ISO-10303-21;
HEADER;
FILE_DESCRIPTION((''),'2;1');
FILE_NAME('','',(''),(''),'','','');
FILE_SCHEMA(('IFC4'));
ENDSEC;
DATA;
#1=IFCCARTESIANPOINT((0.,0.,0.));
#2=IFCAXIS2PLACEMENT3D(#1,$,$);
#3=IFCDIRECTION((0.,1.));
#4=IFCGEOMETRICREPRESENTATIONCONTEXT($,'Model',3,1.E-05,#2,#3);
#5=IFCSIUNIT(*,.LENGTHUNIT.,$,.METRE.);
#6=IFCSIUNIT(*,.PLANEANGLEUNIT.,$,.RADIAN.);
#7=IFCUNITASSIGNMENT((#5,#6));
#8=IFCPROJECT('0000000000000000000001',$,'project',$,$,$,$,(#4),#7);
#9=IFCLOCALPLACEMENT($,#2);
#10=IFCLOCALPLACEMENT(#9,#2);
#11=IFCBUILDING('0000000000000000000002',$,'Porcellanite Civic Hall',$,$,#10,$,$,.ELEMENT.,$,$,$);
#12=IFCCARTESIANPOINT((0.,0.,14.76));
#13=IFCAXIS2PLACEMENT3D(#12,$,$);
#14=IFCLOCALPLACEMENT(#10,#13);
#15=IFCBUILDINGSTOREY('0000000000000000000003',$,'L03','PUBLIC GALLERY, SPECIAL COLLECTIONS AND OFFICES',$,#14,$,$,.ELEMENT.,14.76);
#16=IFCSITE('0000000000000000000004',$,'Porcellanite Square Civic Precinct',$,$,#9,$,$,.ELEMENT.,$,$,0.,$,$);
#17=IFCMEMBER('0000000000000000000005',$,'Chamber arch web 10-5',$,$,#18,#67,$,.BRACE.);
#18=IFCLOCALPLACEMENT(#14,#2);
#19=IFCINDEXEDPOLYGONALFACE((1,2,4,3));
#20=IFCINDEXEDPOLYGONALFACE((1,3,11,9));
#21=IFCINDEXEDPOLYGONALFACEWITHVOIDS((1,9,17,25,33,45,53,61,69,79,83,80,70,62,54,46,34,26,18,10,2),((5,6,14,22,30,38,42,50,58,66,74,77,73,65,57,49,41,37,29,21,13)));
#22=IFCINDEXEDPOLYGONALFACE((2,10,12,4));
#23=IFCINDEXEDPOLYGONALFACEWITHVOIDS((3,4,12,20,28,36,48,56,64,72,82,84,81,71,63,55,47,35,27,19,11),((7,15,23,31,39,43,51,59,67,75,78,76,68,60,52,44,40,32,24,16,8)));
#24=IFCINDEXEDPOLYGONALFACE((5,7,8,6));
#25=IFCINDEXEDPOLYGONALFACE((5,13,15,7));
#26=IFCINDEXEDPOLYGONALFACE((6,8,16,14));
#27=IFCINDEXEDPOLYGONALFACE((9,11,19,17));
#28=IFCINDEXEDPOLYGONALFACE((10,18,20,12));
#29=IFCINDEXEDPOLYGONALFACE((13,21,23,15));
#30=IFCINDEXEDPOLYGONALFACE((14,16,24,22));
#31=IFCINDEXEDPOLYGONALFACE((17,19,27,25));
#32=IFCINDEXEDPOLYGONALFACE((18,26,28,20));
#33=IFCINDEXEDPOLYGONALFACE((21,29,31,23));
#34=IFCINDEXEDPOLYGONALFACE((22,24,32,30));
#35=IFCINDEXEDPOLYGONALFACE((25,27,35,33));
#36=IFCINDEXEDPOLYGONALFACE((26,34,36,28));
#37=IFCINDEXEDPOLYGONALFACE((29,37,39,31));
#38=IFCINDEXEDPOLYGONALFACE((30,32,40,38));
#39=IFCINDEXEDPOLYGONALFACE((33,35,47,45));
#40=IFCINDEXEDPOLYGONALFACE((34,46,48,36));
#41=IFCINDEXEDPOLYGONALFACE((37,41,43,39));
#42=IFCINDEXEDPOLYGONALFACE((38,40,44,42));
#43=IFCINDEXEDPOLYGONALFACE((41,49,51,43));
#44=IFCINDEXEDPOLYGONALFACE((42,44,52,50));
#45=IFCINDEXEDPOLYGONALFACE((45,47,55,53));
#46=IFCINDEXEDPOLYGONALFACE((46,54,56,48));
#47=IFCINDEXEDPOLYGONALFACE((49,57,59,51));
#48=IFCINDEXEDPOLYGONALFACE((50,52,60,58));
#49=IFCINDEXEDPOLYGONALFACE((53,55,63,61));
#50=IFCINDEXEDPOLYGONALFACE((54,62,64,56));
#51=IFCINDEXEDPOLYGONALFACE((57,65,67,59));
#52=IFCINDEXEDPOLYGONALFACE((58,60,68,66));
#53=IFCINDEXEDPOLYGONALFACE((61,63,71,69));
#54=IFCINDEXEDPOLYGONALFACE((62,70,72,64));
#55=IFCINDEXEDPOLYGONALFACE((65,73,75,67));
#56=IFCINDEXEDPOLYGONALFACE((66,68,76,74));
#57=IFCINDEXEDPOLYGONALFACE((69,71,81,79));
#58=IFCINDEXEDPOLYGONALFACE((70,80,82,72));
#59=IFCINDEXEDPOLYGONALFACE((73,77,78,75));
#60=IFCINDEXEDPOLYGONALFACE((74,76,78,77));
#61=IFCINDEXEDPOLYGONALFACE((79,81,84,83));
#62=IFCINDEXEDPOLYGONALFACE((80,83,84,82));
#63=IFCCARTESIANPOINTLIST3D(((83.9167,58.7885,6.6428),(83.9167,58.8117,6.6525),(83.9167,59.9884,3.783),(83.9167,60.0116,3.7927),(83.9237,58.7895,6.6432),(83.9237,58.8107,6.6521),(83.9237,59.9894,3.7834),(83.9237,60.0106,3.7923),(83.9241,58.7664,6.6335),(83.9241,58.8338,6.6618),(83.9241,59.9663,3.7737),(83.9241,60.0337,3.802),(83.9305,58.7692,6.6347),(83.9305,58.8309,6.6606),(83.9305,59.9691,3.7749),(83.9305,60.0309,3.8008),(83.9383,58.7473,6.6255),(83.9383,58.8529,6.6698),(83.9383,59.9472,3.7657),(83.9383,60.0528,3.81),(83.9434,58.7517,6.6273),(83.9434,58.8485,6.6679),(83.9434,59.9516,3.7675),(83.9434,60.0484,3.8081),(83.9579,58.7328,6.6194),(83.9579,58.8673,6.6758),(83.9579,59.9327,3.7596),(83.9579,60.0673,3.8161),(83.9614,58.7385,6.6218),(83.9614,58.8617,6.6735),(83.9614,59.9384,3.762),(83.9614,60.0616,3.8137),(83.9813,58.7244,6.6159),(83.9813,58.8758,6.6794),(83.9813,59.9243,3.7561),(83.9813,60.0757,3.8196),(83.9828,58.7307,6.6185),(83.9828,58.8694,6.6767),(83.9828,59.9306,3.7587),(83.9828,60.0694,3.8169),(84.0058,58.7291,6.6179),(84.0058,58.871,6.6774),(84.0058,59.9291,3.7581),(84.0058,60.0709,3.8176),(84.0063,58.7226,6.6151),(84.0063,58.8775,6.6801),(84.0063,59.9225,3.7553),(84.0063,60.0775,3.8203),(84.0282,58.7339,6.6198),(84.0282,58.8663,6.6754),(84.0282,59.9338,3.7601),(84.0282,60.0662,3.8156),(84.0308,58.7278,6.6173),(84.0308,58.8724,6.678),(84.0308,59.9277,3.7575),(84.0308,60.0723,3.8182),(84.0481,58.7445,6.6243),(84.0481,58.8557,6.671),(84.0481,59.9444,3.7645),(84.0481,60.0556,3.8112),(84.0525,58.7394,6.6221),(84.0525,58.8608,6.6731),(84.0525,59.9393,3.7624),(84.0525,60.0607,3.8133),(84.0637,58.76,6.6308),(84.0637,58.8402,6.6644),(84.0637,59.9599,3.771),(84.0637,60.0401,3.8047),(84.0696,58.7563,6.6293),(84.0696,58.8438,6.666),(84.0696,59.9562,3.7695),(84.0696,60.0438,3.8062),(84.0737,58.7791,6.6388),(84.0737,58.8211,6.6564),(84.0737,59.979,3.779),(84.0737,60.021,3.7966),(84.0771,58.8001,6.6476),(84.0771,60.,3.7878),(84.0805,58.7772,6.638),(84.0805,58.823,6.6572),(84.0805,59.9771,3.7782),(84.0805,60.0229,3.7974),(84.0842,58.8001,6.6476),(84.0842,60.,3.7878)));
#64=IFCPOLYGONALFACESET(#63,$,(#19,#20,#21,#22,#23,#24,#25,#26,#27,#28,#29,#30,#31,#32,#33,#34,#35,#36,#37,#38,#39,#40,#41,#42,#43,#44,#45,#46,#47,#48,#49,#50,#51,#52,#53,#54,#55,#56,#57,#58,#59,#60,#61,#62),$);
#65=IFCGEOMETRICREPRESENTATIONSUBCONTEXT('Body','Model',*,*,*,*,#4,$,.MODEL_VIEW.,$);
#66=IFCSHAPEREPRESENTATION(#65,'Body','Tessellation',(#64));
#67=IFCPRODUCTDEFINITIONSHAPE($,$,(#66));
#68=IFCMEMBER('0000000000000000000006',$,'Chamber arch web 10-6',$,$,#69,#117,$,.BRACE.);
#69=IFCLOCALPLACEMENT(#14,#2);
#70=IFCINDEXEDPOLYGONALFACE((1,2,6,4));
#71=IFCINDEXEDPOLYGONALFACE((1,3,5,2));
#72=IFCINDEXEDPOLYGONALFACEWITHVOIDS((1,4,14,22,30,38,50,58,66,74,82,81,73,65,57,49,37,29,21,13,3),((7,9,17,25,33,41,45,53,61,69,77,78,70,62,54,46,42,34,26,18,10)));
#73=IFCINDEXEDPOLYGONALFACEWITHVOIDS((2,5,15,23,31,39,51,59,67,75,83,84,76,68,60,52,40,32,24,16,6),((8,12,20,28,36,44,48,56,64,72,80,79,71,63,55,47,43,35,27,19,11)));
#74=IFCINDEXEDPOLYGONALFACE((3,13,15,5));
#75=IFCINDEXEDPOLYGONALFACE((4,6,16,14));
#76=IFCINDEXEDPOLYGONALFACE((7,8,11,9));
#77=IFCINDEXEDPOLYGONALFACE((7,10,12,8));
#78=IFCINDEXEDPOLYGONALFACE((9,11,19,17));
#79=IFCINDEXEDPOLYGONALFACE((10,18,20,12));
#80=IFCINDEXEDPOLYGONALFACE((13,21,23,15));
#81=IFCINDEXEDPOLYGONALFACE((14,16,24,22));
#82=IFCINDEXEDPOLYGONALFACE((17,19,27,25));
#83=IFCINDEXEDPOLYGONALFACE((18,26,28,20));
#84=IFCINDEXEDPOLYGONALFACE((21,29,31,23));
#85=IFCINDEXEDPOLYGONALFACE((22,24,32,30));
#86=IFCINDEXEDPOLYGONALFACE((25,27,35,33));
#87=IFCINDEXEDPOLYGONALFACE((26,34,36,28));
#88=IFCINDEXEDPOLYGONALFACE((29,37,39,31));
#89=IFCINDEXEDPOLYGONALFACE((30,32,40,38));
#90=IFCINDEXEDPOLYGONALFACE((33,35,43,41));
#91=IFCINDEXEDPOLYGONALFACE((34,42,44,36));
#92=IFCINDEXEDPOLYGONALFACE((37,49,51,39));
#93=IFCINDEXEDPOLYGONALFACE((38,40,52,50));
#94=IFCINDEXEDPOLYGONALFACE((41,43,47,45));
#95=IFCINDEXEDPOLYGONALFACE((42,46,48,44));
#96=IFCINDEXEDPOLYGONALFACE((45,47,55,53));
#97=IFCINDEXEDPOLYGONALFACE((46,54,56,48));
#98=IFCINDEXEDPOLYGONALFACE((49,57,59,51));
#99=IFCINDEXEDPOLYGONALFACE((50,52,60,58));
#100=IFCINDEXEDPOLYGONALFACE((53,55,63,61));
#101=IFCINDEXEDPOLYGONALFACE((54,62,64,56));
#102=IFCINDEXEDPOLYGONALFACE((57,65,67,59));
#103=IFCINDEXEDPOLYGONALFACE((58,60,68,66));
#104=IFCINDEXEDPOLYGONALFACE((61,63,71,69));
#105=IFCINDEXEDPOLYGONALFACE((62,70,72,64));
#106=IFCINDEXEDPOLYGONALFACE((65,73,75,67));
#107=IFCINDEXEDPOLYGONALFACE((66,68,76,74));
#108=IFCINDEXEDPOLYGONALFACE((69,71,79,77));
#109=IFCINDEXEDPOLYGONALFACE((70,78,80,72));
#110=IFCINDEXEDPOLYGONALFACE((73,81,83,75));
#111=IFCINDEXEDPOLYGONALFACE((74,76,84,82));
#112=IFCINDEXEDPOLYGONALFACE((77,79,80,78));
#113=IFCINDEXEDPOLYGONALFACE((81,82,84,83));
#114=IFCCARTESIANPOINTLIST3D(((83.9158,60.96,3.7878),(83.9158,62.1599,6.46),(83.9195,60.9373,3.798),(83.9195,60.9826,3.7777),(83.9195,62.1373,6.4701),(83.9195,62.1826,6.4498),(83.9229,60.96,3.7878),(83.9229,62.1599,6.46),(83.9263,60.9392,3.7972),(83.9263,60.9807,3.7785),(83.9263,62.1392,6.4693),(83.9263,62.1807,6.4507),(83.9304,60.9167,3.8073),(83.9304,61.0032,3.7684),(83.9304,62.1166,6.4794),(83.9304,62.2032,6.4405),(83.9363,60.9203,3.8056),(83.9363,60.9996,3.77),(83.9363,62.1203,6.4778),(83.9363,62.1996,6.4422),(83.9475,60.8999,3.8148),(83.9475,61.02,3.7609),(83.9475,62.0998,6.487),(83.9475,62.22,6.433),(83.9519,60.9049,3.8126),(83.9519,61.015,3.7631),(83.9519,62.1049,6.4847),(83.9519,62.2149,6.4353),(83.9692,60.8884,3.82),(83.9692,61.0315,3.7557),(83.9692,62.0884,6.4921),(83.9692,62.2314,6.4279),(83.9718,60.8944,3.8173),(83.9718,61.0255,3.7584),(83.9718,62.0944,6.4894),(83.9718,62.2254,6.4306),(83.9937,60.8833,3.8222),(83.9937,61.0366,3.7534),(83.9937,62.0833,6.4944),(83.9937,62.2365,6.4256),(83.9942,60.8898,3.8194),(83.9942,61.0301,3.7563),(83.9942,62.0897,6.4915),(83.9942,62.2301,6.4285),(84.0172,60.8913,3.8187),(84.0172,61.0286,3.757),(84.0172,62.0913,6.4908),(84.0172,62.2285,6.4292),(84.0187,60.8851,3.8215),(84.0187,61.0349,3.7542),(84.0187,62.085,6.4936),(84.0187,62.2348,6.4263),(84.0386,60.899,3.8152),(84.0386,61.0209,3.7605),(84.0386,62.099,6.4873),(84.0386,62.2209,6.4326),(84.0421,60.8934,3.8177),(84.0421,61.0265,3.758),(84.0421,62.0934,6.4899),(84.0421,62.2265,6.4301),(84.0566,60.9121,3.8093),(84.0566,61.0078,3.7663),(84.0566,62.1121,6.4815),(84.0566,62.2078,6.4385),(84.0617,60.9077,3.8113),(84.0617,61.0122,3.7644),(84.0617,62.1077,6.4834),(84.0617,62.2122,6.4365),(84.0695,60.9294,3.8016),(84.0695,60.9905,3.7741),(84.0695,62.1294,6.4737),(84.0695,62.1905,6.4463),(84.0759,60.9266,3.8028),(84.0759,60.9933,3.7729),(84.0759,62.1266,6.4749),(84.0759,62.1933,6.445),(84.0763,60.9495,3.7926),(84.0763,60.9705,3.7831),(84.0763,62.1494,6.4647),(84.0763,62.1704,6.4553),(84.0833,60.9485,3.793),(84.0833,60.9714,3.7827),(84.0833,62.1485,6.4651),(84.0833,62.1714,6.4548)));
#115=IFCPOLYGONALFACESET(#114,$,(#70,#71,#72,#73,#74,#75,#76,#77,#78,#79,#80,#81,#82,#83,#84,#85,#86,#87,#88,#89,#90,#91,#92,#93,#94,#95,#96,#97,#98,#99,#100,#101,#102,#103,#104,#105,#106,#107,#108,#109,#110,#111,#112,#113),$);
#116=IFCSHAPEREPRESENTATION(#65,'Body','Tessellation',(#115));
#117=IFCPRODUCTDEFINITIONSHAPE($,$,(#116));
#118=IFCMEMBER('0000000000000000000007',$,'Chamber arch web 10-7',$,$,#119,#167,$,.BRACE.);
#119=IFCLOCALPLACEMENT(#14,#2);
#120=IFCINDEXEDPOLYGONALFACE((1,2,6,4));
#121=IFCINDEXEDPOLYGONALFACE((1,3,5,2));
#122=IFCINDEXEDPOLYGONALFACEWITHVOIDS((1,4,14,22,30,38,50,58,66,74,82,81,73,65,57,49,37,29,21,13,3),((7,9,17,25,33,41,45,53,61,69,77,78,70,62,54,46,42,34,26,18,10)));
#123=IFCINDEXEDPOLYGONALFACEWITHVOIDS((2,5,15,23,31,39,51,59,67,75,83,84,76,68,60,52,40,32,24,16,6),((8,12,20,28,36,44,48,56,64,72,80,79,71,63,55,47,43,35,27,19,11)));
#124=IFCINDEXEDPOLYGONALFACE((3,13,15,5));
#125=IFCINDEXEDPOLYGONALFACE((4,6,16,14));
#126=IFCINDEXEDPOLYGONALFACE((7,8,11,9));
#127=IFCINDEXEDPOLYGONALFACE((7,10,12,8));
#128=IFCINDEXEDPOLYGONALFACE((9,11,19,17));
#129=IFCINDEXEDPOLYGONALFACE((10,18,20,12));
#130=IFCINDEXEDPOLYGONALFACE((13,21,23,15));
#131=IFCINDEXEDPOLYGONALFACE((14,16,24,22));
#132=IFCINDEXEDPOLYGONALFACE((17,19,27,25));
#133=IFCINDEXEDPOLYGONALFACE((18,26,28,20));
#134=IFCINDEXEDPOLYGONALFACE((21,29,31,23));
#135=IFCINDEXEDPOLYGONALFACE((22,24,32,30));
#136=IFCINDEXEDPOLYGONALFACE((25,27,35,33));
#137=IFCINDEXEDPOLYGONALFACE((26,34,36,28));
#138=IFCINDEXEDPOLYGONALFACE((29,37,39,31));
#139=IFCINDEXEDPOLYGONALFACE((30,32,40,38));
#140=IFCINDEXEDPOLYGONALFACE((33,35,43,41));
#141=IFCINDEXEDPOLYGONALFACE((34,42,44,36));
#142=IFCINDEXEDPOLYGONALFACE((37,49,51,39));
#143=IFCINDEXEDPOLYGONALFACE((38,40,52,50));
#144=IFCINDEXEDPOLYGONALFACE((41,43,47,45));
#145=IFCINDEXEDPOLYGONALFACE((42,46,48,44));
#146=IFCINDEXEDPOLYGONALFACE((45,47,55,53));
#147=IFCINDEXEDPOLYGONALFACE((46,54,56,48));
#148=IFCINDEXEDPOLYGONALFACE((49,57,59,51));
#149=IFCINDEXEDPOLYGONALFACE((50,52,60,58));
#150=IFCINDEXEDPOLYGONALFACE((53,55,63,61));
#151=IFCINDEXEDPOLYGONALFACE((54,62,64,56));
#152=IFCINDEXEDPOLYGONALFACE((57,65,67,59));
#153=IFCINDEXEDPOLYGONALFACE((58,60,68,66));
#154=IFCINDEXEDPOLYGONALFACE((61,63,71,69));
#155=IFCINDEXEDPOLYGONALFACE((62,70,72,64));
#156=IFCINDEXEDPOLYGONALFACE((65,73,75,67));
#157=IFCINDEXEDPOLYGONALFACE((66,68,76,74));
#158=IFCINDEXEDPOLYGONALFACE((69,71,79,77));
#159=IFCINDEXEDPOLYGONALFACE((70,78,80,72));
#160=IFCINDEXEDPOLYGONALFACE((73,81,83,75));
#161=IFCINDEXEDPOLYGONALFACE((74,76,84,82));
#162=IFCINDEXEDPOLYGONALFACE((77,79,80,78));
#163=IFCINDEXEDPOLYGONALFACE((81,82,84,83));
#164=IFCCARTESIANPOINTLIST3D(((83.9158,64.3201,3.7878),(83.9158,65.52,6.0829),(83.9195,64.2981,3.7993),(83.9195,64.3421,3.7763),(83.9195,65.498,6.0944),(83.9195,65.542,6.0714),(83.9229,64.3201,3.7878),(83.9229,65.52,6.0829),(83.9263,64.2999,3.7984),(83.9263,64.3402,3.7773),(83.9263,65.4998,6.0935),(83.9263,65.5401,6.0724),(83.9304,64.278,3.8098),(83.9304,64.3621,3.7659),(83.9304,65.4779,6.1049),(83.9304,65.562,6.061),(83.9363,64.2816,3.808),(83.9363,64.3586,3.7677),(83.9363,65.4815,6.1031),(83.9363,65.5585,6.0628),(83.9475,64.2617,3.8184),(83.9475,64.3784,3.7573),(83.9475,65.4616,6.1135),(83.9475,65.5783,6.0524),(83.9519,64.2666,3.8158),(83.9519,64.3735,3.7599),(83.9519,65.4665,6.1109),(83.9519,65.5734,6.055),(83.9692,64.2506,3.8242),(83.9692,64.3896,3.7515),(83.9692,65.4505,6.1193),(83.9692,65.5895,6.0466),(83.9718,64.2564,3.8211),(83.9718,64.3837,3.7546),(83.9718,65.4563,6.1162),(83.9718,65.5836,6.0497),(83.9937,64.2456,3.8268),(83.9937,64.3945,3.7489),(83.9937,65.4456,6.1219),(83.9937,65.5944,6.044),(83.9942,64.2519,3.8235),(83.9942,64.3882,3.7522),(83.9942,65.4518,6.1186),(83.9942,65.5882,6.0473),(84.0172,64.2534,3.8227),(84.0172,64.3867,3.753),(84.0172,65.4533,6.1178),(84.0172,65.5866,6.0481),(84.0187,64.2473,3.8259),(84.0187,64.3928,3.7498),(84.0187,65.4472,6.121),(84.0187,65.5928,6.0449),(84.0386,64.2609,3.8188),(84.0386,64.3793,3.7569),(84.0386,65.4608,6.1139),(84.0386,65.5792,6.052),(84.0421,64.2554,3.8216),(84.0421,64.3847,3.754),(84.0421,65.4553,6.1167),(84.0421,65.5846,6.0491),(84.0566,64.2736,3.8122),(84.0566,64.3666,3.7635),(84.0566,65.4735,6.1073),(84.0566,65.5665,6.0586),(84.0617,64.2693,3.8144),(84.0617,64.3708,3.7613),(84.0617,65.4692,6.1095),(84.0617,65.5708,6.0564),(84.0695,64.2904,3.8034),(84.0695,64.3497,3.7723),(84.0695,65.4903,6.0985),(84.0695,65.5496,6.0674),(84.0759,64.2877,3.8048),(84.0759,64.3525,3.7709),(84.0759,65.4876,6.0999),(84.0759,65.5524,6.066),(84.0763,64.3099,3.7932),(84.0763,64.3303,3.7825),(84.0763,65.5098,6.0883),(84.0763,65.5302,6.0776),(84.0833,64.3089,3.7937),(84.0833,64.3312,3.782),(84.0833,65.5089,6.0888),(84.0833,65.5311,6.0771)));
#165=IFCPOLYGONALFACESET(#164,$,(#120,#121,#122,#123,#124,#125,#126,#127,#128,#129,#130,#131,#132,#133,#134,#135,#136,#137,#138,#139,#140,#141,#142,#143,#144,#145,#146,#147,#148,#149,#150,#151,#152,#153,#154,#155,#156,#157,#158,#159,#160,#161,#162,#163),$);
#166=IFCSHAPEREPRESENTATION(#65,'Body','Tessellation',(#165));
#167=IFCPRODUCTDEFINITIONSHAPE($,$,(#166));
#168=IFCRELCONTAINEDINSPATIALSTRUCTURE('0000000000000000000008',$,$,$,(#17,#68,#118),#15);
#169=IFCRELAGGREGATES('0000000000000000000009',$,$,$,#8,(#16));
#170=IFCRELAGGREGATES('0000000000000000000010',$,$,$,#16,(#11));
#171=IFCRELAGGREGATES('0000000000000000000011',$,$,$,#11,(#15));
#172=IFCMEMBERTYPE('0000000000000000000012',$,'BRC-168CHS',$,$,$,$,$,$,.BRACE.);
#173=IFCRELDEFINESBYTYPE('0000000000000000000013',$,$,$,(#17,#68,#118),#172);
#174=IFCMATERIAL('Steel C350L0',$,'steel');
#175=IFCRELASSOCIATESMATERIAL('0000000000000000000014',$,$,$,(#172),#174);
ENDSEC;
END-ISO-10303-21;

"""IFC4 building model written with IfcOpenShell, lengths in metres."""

from ifc_helpers import new_model, si_unit, direction, frame, origin, origin_2d, place, context, subcontext, project, spatial, hollow_circle, extrude, material, material_profile, profile_set, type_object, element, save


model = new_model("IFC4")

# Units and contexts
model_context = context("Model", 3, precision=1e-05, world=origin(), true_north=direction((0.0, 1.0)))
body_context = subcontext(model_context, "Body", "Model", "MODEL_VIEW")
ifc_project = project(units=[si_unit("LENGTHUNIT", "METRE"), si_unit("PLANEANGLEUNIT", "RADIAN")], contexts=[model_context])

# Site, building, storey
site_placement = place(None, origin())
site = spatial("IfcSite", under=ifc_project, at=site_placement, Name="Porcellanite Square Civic Precinct", CompositionType="ELEMENT", RefElevation=0.0)
building_placement = place(site_placement, origin())
building = spatial("IfcBuilding", under=site, at=building_placement, Name="Porcellanite Civic Hall", CompositionType="ELEMENT")
storey_placement = place(building_placement, frame((0.0, 0.0, 14.76)))
storey = spatial("IfcBuildingStorey", under=building, at=storey_placement, Name="L03", Description="PUBLIC GALLERY, SPECIAL COLLECTIONS AND OFFICES", CompositionType="ELEMENT", Elevation=14.76)

# Members
ifc_material_1 = material(Name="Steel C350L0", Category="steel")
ifc_material_profile_1 = material_profile(ifc_material_1, hollow_circle(Radius=0.0842, WallThickness=0.0071, at=origin_2d()), Name="168.3x7.1CHS")
ifc_profile_set_1 = profile_set([ifc_material_profile_1], Name="Steel C350L0")
member_type_1 = type_object("IfcMemberType", Name="BRC-168CHS", PredefinedType="BRACE", material=ifc_profile_set_1)
for number, where, z_axis, x_axis, name in (
    (1, (84.0, 60.0, 3.7878), (0.0, -0.386906, 0.922119), (1.0, 0.0, 0.0), "Chamber arch web 10-5"),
):
    element("IfcMember", number, at=place(storey_placement, frame(where, z_axis=z_axis, x_axis=x_axis)), inside=storey, type_object=member_type_1, Name=name, PredefinedType="BRACE", context=body_context, shape_type="SweptSolid", body=[
        extrude(hollow_circle(Radius=0.0842, WallThickness=0.0071, at=origin_2d()), origin(), (0.0, 0.0, 1.0), 3.1013),
    ])
member_1_placement = place(storey_placement, frame((84.0, 60.96, 3.7878), z_axis=(0.0, 0.409654, 0.912241), x_axis=(-1.0, 0.0, 0.0)))
element("IfcMember", 2, at=member_1_placement, inside=storey, type_object=member_type_1, Name="Chamber arch web 10-6", PredefinedType="BRACE", context=body_context, shape_type="SweptSolid", body=[
    extrude(hollow_circle(Radius=0.0842, WallThickness=0.0071, at=origin_2d()), origin(), (0.0, 0.0, 1.0), 2.9292),
])
member_2_placement = place(storey_placement, frame((84.0, 64.3201, 3.7878), z_axis=(0.0, 0.463316, 0.886193), x_axis=(-1.0, 0.0, 0.0)))
element("IfcMember", 3, at=member_2_placement, inside=storey, type_object=member_type_1, Name="Chamber arch web 10-7", PredefinedType="BRACE", context=body_context, shape_type="SweptSolid", body=[
    extrude(hollow_circle(Radius=0.0842, WallThickness=0.0071, at=origin_2d()), origin(), (0.0, 0.0, 1.0), 2.5898),
])

save(model, "model.ifc")
